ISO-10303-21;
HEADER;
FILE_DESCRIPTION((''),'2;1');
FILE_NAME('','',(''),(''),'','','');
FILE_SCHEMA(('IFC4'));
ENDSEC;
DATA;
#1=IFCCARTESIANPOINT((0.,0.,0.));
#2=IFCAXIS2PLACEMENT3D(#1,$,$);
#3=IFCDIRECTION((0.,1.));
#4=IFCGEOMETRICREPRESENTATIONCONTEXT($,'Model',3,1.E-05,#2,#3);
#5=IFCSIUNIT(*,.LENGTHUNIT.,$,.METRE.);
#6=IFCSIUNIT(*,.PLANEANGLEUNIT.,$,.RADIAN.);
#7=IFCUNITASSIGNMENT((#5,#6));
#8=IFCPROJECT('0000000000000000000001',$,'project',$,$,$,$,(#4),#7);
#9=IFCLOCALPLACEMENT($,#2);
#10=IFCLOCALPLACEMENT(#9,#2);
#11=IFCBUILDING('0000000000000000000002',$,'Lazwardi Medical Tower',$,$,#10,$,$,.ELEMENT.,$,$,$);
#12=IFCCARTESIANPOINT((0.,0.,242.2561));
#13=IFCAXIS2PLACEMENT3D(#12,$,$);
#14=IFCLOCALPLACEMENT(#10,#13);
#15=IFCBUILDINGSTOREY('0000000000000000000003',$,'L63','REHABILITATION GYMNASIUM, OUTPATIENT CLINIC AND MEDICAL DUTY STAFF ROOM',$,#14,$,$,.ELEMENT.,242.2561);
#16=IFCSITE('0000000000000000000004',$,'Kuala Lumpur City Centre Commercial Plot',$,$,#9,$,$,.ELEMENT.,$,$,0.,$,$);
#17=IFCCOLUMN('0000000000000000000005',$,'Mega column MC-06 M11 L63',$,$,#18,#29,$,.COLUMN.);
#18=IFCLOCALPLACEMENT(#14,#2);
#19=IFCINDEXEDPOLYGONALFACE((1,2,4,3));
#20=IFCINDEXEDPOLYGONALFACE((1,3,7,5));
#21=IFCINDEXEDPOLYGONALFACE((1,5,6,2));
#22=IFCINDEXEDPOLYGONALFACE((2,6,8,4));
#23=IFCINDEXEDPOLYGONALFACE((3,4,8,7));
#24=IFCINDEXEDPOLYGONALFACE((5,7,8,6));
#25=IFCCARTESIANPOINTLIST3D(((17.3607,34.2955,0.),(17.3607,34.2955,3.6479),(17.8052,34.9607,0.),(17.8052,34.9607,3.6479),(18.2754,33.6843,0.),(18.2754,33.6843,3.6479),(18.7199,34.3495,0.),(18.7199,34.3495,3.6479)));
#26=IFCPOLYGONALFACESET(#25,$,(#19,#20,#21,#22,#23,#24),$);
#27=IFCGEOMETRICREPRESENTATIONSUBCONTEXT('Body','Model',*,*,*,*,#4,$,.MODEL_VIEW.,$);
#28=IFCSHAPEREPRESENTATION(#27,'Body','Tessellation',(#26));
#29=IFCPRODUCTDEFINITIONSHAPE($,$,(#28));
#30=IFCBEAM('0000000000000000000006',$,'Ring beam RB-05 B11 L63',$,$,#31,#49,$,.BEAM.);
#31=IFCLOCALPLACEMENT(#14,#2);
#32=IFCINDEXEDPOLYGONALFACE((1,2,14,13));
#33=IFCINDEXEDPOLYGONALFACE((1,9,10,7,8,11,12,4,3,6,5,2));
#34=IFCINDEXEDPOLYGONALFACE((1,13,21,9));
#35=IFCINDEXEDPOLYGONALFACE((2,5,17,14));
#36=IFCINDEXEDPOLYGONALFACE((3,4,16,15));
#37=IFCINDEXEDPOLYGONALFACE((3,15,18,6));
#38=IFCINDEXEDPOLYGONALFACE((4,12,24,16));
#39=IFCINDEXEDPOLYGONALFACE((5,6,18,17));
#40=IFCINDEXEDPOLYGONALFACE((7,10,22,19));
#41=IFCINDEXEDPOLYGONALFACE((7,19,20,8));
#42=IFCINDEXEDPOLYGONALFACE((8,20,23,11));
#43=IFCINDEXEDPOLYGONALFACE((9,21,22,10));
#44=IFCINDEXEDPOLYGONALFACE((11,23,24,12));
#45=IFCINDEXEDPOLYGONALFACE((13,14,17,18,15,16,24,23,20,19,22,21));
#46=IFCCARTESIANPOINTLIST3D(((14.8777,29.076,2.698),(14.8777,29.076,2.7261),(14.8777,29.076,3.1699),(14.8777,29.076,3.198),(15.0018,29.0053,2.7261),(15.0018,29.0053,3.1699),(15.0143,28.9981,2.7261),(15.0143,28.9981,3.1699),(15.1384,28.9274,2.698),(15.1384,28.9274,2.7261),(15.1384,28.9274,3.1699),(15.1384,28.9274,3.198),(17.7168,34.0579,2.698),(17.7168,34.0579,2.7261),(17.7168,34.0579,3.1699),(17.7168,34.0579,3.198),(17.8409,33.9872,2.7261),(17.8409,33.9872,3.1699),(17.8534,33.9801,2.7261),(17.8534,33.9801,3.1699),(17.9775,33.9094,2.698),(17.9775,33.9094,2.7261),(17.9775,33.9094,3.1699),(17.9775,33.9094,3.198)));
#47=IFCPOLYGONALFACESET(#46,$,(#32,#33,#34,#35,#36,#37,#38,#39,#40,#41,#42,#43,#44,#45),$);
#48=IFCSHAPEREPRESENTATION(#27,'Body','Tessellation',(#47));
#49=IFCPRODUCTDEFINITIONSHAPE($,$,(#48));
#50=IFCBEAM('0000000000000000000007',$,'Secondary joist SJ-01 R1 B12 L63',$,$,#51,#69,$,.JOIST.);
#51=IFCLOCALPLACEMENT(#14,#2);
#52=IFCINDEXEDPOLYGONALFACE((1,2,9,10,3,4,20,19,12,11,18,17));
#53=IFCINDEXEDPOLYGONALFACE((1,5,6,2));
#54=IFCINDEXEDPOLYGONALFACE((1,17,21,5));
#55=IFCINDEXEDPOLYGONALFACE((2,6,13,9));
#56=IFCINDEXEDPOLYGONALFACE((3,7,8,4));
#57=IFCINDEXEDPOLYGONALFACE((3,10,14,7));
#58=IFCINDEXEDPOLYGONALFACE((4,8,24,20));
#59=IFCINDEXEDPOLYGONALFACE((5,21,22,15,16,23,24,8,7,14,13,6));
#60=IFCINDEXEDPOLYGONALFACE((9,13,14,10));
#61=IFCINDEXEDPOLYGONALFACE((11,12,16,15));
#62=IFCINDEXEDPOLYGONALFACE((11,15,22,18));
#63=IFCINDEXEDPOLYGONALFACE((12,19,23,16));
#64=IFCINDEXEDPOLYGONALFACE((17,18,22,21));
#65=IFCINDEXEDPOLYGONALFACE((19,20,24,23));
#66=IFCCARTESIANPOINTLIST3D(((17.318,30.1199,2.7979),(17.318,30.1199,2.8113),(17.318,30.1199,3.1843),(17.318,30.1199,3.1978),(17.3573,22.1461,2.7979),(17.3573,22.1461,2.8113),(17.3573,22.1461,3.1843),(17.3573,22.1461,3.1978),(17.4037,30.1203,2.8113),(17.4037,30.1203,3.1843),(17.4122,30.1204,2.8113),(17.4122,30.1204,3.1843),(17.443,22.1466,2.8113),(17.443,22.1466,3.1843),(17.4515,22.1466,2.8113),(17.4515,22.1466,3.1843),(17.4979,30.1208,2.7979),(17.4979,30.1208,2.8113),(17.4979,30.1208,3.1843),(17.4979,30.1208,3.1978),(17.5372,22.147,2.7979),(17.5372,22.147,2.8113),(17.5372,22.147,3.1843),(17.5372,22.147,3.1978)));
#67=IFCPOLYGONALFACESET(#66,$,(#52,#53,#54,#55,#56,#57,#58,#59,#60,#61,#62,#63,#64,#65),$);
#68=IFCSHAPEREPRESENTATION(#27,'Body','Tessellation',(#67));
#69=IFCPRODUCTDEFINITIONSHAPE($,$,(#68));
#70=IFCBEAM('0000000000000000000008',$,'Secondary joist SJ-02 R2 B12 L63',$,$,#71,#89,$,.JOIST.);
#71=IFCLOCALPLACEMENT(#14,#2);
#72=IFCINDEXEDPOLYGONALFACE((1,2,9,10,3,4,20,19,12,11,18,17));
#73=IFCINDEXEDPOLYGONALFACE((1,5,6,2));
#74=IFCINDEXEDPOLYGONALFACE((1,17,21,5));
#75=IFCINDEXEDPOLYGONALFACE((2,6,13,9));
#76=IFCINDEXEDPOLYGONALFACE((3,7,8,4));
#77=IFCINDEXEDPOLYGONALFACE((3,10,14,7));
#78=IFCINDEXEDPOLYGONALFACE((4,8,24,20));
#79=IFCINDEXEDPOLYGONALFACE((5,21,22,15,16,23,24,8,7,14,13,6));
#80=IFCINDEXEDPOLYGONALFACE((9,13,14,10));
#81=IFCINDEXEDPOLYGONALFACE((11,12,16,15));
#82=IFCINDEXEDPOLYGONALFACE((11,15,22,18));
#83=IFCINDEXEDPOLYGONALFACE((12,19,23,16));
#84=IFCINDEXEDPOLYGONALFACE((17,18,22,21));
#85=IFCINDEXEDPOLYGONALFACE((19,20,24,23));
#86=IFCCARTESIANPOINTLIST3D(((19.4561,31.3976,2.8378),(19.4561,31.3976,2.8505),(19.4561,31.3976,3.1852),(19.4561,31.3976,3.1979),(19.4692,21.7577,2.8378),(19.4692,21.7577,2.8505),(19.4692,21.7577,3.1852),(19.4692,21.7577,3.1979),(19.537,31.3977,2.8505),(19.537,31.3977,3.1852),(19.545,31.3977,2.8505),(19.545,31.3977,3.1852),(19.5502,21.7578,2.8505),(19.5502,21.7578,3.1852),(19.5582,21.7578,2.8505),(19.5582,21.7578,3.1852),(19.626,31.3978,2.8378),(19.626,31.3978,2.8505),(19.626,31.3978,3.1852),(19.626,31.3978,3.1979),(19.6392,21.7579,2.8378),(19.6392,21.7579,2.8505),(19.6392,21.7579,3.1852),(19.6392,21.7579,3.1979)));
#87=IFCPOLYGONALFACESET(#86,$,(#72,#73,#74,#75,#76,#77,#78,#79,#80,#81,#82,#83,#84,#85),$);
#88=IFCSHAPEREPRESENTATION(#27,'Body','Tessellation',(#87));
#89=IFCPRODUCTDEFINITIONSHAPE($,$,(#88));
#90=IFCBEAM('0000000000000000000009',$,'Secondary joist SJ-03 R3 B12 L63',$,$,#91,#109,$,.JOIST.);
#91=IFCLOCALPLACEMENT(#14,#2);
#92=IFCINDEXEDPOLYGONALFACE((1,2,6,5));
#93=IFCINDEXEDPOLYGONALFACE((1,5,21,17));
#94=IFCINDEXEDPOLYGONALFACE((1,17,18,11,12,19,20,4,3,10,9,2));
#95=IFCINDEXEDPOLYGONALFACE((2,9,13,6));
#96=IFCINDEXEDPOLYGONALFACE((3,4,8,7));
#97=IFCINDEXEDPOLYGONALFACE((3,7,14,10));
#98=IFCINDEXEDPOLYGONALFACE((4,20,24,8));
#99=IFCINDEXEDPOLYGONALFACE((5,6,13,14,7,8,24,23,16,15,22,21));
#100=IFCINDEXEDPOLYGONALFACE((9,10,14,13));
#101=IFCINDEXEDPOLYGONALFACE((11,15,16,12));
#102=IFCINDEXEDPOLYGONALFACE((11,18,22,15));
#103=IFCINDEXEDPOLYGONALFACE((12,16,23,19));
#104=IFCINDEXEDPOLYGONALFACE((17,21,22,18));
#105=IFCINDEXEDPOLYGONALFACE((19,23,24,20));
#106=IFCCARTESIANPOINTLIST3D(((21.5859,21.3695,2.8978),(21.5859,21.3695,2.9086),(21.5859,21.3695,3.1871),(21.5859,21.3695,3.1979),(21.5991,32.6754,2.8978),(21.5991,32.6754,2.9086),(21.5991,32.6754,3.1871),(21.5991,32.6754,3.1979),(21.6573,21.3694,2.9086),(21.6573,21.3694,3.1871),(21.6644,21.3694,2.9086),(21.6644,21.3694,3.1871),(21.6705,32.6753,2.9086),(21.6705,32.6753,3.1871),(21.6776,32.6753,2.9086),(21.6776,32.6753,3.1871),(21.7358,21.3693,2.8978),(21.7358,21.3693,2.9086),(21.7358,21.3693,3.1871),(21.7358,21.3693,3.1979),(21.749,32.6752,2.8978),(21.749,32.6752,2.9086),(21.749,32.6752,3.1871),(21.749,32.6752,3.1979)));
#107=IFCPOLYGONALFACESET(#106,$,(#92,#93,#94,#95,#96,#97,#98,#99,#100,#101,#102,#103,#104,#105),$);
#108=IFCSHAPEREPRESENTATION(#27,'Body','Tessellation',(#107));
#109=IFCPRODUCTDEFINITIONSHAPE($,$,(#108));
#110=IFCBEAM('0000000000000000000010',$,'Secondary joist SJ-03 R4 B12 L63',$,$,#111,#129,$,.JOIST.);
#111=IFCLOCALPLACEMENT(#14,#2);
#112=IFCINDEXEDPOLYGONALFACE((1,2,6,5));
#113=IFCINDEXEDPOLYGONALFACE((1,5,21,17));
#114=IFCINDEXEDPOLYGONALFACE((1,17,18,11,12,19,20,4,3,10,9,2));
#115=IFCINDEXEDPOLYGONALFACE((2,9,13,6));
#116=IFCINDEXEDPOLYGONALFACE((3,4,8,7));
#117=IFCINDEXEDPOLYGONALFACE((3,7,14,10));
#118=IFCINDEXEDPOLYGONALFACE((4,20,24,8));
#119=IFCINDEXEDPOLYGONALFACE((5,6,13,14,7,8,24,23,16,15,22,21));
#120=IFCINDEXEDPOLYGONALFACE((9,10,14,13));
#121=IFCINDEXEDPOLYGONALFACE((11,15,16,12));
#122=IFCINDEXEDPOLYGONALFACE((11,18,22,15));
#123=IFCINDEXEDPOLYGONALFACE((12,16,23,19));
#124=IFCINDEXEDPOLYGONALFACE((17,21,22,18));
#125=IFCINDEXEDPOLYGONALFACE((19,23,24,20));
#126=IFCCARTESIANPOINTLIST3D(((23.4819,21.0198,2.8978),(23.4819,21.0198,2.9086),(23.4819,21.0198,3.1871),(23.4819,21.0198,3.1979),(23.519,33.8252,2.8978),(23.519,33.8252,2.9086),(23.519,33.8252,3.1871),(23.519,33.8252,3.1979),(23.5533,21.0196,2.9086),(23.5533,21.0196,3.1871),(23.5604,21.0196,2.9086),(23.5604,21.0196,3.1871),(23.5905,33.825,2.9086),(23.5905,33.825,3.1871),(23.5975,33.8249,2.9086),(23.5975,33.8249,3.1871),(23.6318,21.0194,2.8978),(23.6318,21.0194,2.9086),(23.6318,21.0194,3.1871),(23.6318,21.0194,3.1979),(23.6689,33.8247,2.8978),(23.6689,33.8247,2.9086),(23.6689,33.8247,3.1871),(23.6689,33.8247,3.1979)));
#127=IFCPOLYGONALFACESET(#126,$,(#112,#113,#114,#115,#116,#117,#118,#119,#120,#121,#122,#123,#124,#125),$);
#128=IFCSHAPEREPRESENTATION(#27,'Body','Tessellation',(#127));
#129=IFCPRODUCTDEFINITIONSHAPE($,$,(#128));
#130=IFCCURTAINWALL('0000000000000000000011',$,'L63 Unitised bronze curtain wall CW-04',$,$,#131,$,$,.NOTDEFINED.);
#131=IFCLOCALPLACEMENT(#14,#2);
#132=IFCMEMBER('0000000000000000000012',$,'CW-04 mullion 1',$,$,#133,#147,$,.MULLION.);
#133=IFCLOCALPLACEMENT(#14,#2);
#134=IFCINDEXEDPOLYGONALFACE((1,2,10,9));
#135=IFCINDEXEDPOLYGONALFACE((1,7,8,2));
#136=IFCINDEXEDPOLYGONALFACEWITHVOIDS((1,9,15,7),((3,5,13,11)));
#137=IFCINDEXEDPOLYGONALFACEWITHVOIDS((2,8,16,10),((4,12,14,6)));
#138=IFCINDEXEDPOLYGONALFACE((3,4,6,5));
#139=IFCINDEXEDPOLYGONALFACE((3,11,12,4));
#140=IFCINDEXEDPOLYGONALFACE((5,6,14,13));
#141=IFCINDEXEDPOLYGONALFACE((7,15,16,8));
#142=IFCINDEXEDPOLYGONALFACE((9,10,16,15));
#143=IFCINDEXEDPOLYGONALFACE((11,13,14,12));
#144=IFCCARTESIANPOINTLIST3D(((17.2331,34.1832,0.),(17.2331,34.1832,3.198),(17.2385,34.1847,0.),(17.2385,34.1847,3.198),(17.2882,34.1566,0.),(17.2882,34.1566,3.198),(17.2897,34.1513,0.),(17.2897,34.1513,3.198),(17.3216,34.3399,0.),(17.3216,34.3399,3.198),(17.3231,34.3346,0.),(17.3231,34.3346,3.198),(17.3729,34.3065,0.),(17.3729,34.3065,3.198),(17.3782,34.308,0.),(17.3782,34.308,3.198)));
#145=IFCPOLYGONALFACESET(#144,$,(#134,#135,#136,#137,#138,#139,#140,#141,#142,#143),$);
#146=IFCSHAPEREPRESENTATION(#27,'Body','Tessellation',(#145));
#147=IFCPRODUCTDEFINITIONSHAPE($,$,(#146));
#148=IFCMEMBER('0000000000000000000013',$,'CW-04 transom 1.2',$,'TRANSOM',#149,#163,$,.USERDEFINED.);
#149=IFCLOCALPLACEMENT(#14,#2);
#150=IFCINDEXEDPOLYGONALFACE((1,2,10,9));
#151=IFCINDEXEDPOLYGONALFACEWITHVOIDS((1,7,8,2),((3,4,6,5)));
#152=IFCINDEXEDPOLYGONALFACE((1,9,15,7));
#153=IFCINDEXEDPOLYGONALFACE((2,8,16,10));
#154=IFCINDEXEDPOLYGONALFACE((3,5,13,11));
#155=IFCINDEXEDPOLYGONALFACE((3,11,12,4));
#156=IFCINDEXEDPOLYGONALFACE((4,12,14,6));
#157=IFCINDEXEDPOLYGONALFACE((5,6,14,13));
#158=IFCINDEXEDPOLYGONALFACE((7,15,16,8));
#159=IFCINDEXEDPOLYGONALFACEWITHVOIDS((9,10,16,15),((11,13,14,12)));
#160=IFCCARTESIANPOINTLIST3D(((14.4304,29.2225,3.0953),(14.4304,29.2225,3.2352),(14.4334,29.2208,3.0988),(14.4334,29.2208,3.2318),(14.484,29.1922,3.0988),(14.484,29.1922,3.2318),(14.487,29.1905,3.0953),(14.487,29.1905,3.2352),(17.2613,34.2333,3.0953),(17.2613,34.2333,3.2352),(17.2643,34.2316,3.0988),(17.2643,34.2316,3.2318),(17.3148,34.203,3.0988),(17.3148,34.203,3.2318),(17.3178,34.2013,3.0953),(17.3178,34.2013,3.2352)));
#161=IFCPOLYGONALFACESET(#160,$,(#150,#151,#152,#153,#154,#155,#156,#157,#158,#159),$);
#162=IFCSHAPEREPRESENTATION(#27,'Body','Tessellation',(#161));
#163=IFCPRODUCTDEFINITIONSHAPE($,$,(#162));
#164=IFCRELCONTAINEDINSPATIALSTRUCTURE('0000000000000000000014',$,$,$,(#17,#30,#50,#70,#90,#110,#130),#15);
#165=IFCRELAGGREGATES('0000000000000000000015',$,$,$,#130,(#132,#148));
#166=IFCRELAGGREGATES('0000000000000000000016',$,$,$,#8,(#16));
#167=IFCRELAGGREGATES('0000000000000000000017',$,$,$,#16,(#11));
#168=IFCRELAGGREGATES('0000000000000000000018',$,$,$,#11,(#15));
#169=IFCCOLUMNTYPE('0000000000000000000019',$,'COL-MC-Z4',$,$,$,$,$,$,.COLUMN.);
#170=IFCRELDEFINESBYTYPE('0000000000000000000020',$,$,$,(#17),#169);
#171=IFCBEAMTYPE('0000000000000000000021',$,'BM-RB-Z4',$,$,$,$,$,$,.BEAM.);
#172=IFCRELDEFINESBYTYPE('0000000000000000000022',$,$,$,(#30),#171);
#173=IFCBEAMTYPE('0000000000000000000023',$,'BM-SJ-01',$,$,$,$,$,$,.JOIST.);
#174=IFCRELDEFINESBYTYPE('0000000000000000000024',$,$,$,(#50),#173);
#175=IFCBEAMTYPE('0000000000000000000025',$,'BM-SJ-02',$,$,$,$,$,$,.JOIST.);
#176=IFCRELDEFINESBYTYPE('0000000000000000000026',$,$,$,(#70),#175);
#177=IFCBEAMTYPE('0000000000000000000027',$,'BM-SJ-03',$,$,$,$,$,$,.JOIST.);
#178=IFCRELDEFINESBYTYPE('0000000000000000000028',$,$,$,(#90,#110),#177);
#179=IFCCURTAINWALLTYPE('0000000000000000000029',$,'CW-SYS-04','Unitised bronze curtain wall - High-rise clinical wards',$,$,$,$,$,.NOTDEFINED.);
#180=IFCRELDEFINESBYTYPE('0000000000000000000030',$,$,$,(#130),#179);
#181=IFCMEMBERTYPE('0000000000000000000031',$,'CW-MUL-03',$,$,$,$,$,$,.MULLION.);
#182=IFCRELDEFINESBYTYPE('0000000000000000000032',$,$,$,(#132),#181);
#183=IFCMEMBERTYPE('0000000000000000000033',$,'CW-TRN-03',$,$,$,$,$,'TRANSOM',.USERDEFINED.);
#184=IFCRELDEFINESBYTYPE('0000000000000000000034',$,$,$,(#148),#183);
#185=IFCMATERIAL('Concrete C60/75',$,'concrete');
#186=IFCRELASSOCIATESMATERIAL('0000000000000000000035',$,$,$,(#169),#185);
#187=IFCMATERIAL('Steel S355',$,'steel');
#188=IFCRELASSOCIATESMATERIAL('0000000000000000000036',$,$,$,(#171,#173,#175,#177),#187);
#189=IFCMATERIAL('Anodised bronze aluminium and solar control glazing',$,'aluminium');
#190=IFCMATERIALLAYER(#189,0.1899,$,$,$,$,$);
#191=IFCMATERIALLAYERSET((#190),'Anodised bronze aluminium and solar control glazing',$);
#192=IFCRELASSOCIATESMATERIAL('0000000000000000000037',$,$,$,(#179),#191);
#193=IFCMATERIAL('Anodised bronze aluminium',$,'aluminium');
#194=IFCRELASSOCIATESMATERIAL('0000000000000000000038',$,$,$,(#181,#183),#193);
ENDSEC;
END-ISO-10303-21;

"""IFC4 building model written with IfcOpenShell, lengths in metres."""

from ifc_helpers import new_model, si_unit, direction, frame, origin, origin_2d, place, context, subcontext, project, spatial, rectangle, hollow_rectangle, i_section, extrude, material, layer, layer_set, material_profile, profile_set, type_object, element, aggregate, save


model = new_model("IFC4")

# Units and contexts
model_context = context("Model", 3, precision=1e-05, world=origin(), true_north=direction((0.0, 1.0)))
body_context = subcontext(model_context, "Body", "Model", "MODEL_VIEW")
ifc_project = project(units=[si_unit("LENGTHUNIT", "METRE"), si_unit("PLANEANGLEUNIT", "RADIAN")], contexts=[model_context])

# Site, building, storey
site_placement = place(None, origin())
site = spatial("IfcSite", under=ifc_project, at=site_placement, Name="Kuala Lumpur City Centre Commercial Plot", CompositionType="ELEMENT", RefElevation=0.0)
building_placement = place(site_placement, origin())
building = spatial("IfcBuilding", under=site, at=building_placement, Name="Lazwardi Medical Tower", CompositionType="ELEMENT")
storey_placement = place(building_placement, frame((0.0, 0.0, 242.2561)))
storey = spatial("IfcBuildingStorey", under=building, at=storey_placement, Name="L63", Description="REHABILITATION GYMNASIUM, OUTPATIENT CLINIC AND MEDICAL DUTY STAFF ROOM", CompositionType="ELEMENT", Elevation=242.2561)

# Column
ifc_material_1 = material(Name="Concrete C60/75", Category="concrete")
ifc_material_profile_1 = material_profile(ifc_material_1, rectangle(XDim=1.1001, YDim=0.8, at=origin_2d()), Name="CFT-RECT 1100x800")
ifc_profile_set_1 = profile_set([ifc_material_profile_1], Name="Concrete C60/75")
column_type = type_object("IfcColumnType", Name="COL-MC-Z4", PredefinedType="COLUMN", material=ifc_profile_set_1)
column_placement = place(storey_placement, frame((18.0403, 34.3225, 0.0), z_axis=(0.0, 0.0, 1.0), x_axis=(-0.83147, 0.55557, 0.0)))
element("IfcColumn", 1, at=column_placement, inside=storey, type_object=column_type, Name="Mega column MC-06 M11 L63", PredefinedType="COLUMN", context=body_context, shape_type="SweptSolid", body=[
    extrude(rectangle(XDim=1.1001, YDim=0.8, at=origin_2d()), origin(), (0.0, 0.0, 1.0), 3.6479),
])

# Beams
ifc_material_2 = material(Name="Steel S355", Category="steel")
ifc_material_profile_2 = material_profile(ifc_material_2, i_section(OverallWidth=0.3, OverallDepth=0.5, WebThickness=0.0144, FlangeThickness=0.0281, at=origin_2d()), Name="HEB 500")
ifc_profile_set_2 = profile_set([ifc_material_profile_2], Name="Steel S355")
beam_type_1 = type_object("IfcBeamType", Name="BM-RB-Z4", PredefinedType="BEAM", material=ifc_profile_set_2)
beam_1_placement = place(storey_placement, frame((17.8472, 33.9836, 2.948), z_axis=(-0.495125, -0.868822, 0.0), x_axis=(0.868822, -0.495125, 0.0)))
element("IfcBeam", 2, at=beam_1_placement, inside=storey, type_object=beam_type_1, Name="Ring beam RB-05 B11 L63", PredefinedType="BEAM", context=body_context, shape_type="SweptSolid", body=[
    extrude(i_section(OverallWidth=0.3, OverallDepth=0.5, WebThickness=0.0144, FlangeThickness=0.0281, at=origin_2d()), origin(), (0.0, 0.0, 1.0), 5.7341),
])
ifc_material_profile_3 = material_profile(ifc_material_2, i_section(OverallWidth=0.1799, OverallDepth=0.3999, WebThickness=0.0085, FlangeThickness=0.0134, at=origin_2d()), Name="IPE 400")
ifc_profile_set_3 = profile_set([ifc_material_profile_3], Name="Steel S355")
beam_type_2 = type_object("IfcBeamType", Name="BM-SJ-01", PredefinedType="JOIST", material=ifc_profile_set_3)
beam_2_placement = place(storey_placement, frame((17.408, 30.1204, 2.9978), z_axis=(0.004929, -0.999988, 0.0), x_axis=(0.999988, 0.004929, 0.0)))
element("IfcBeam", 3, at=beam_2_placement, inside=storey, type_object=beam_type_2, Name="Secondary joist SJ-01 R1 B12 L63", PredefinedType="JOIST", context=body_context, shape_type="SweptSolid", body=[
    extrude(i_section(OverallWidth=0.1799, OverallDepth=0.3999, WebThickness=0.0085, FlangeThickness=0.0134, at=origin_2d()), origin(), (0.0, 0.0, 1.0), 7.9739),
])
ifc_material_profile_4 = material_profile(ifc_material_2, i_section(OverallWidth=0.1699, OverallDepth=0.3601, WebThickness=0.0081, FlangeThickness=0.0127, at=origin_2d()), Name="IPE 360")
ifc_profile_set_4 = profile_set([ifc_material_profile_4], Name="Steel S355")
beam_type_3 = type_object("IfcBeamType", Name="BM-SJ-02", PredefinedType="JOIST", material=ifc_profile_set_4)
beam_3_placement = place(storey_placement, frame((19.541, 31.3977, 3.0178), z_axis=(0.001368, -0.999999, 0.0), x_axis=(0.999999, 0.001368, 0.0)))
element("IfcBeam", 4, at=beam_3_placement, inside=storey, type_object=beam_type_3, Name="Secondary joist SJ-02 R2 B12 L63", PredefinedType="JOIST", context=body_context, shape_type="SweptSolid", body=[
    extrude(i_section(OverallWidth=0.1699, OverallDepth=0.3601, WebThickness=0.0081, FlangeThickness=0.0127, at=origin_2d()), origin(), (0.0, 0.0, 1.0), 9.6399),
])
ifc_material_profile_5 = material_profile(ifc_material_2, i_section(OverallWidth=0.1499, OverallDepth=0.3, WebThickness=0.0071, FlangeThickness=0.0107, at=origin_2d()), Name="IPE 300")
ifc_profile_set_5 = profile_set([ifc_material_profile_5], Name="Steel S355")
beam_type_4 = type_object("IfcBeamType", Name="BM-SJ-03", PredefinedType="JOIST", material=ifc_profile_set_5)
beam_4_placement = place(storey_placement, frame((21.6741, 32.6753, 3.0479), z_axis=(-0.001166, -0.999999, 0.0), x_axis=(0.999999, -0.001166, 0.0)))
element("IfcBeam", 5, at=beam_4_placement, inside=storey, type_object=beam_type_4, Name="Secondary joist SJ-03 R3 B12 L63", PredefinedType="JOIST", context=body_context, shape_type="SweptSolid", body=[
    extrude(i_section(OverallWidth=0.1499, OverallDepth=0.3, WebThickness=0.0071, FlangeThickness=0.0107, at=origin_2d()), origin(), (0.0, 0.0, 1.0), 11.3059),
])
beam_5_placement = place(storey_placement, frame((23.594, 33.825, 3.0479), z_axis=(-0.002898, -0.999996, 0.0), x_axis=(0.999996, -0.002898, 0.0)))
element("IfcBeam", 6, at=beam_5_placement, inside=storey, type_object=beam_type_4, Name="Secondary joist SJ-03 R4 B12 L63", PredefinedType="JOIST", context=body_context, shape_type="SweptSolid", body=[
    extrude(i_section(OverallWidth=0.1499, OverallDepth=0.3, WebThickness=0.0071, FlangeThickness=0.0107, at=origin_2d()), origin(), (0.0, 0.0, 1.0), 12.8054),
])

# Curtain wall, members
ifc_material_3 = material(Name="Anodised bronze aluminium and solar control glazing", Category="aluminium")
ifc_layer_1 = layer(ifc_material_3, 0.1899)
ifc_layer_set_1 = layer_set([ifc_layer_1], Name="Anodised bronze aluminium and solar control glazing")
curtain_wall_type = type_object("IfcCurtainWallType", Name="CW-SYS-04", Description="Unitised bronze curtain wall - High-rise clinical wards", PredefinedType="NOTDEFINED", material=ifc_layer_set_1)
curtain_wall_placement = place(storey_placement, origin())
curtain_wall = element("IfcCurtainWall", 7, at=curtain_wall_placement, inside=storey, type_object=curtain_wall_type, Name="L63 Unitised bronze curtain wall CW-04", PredefinedType="NOTDEFINED")
ifc_material_4 = material(Name="Anodised bronze aluminium", Category="aluminium")
ifc_material_profile_6 = material_profile(ifc_material_4, hollow_rectangle(XDim=0.0649, YDim=0.1799, WallThickness=0.0039, at=origin_2d()), Name="ALU-MULLION 180x65x4")
ifc_profile_set_6 = profile_set([ifc_material_profile_6], Name="Anodised bronze aluminium")
member_type_1 = type_object("IfcMemberType", Name="CW-MUL-03", PredefinedType="MULLION", material=ifc_profile_set_6)
member_1_placement = place(storey_placement, frame((17.3057, 34.2456, 0.0), z_axis=(0.0, 0.0, 1.0), x_axis=(0.870651, -0.4919, 0.0)))
member_1 = element("IfcMember", 8, at=member_1_placement, type_object=member_type_1, Name="CW-04 mullion 1", PredefinedType="MULLION", context=body_context, shape_type="SweptSolid", body=[
    extrude(hollow_rectangle(XDim=0.0649, YDim=0.1799, WallThickness=0.0039, at=origin_2d()), origin(), (0.0, 0.0, 1.0), 3.198),
])
ifc_material_profile_7 = material_profile(ifc_material_4, hollow_rectangle(XDim=0.0649, YDim=0.1399, WallThickness=0.0034, at=origin_2d()), Name="ALU-TRANSOM 140x65x3.5")
ifc_profile_set_7 = profile_set([ifc_material_profile_7], Name="Anodised bronze aluminium")
member_type_2 = type_object("IfcMemberType", Name="CW-TRN-03", ElementType="TRANSOM", PredefinedType="USERDEFINED", material=ifc_profile_set_7)
member_2_placement = place(storey_placement, frame((17.2896, 34.2173, 3.1653), z_axis=(-0.49188, -0.870663, 0.0), x_axis=(0.870663, -0.49188, 0.0)))
member_2 = element("IfcMember", 9, at=member_2_placement, type_object=member_type_2, Name="CW-04 transom 1.2", ObjectType="TRANSOM", PredefinedType="USERDEFINED", context=body_context, shape_type="SweptSolid", body=[
    extrude(hollow_rectangle(XDim=0.0649, YDim=0.1399, WallThickness=0.0034, at=origin_2d()), origin(), (0.0, 0.0, 1.0), 5.7551),
])
aggregate(curtain_wall, [member_1, member_2])

save(model, "model.ifc")
